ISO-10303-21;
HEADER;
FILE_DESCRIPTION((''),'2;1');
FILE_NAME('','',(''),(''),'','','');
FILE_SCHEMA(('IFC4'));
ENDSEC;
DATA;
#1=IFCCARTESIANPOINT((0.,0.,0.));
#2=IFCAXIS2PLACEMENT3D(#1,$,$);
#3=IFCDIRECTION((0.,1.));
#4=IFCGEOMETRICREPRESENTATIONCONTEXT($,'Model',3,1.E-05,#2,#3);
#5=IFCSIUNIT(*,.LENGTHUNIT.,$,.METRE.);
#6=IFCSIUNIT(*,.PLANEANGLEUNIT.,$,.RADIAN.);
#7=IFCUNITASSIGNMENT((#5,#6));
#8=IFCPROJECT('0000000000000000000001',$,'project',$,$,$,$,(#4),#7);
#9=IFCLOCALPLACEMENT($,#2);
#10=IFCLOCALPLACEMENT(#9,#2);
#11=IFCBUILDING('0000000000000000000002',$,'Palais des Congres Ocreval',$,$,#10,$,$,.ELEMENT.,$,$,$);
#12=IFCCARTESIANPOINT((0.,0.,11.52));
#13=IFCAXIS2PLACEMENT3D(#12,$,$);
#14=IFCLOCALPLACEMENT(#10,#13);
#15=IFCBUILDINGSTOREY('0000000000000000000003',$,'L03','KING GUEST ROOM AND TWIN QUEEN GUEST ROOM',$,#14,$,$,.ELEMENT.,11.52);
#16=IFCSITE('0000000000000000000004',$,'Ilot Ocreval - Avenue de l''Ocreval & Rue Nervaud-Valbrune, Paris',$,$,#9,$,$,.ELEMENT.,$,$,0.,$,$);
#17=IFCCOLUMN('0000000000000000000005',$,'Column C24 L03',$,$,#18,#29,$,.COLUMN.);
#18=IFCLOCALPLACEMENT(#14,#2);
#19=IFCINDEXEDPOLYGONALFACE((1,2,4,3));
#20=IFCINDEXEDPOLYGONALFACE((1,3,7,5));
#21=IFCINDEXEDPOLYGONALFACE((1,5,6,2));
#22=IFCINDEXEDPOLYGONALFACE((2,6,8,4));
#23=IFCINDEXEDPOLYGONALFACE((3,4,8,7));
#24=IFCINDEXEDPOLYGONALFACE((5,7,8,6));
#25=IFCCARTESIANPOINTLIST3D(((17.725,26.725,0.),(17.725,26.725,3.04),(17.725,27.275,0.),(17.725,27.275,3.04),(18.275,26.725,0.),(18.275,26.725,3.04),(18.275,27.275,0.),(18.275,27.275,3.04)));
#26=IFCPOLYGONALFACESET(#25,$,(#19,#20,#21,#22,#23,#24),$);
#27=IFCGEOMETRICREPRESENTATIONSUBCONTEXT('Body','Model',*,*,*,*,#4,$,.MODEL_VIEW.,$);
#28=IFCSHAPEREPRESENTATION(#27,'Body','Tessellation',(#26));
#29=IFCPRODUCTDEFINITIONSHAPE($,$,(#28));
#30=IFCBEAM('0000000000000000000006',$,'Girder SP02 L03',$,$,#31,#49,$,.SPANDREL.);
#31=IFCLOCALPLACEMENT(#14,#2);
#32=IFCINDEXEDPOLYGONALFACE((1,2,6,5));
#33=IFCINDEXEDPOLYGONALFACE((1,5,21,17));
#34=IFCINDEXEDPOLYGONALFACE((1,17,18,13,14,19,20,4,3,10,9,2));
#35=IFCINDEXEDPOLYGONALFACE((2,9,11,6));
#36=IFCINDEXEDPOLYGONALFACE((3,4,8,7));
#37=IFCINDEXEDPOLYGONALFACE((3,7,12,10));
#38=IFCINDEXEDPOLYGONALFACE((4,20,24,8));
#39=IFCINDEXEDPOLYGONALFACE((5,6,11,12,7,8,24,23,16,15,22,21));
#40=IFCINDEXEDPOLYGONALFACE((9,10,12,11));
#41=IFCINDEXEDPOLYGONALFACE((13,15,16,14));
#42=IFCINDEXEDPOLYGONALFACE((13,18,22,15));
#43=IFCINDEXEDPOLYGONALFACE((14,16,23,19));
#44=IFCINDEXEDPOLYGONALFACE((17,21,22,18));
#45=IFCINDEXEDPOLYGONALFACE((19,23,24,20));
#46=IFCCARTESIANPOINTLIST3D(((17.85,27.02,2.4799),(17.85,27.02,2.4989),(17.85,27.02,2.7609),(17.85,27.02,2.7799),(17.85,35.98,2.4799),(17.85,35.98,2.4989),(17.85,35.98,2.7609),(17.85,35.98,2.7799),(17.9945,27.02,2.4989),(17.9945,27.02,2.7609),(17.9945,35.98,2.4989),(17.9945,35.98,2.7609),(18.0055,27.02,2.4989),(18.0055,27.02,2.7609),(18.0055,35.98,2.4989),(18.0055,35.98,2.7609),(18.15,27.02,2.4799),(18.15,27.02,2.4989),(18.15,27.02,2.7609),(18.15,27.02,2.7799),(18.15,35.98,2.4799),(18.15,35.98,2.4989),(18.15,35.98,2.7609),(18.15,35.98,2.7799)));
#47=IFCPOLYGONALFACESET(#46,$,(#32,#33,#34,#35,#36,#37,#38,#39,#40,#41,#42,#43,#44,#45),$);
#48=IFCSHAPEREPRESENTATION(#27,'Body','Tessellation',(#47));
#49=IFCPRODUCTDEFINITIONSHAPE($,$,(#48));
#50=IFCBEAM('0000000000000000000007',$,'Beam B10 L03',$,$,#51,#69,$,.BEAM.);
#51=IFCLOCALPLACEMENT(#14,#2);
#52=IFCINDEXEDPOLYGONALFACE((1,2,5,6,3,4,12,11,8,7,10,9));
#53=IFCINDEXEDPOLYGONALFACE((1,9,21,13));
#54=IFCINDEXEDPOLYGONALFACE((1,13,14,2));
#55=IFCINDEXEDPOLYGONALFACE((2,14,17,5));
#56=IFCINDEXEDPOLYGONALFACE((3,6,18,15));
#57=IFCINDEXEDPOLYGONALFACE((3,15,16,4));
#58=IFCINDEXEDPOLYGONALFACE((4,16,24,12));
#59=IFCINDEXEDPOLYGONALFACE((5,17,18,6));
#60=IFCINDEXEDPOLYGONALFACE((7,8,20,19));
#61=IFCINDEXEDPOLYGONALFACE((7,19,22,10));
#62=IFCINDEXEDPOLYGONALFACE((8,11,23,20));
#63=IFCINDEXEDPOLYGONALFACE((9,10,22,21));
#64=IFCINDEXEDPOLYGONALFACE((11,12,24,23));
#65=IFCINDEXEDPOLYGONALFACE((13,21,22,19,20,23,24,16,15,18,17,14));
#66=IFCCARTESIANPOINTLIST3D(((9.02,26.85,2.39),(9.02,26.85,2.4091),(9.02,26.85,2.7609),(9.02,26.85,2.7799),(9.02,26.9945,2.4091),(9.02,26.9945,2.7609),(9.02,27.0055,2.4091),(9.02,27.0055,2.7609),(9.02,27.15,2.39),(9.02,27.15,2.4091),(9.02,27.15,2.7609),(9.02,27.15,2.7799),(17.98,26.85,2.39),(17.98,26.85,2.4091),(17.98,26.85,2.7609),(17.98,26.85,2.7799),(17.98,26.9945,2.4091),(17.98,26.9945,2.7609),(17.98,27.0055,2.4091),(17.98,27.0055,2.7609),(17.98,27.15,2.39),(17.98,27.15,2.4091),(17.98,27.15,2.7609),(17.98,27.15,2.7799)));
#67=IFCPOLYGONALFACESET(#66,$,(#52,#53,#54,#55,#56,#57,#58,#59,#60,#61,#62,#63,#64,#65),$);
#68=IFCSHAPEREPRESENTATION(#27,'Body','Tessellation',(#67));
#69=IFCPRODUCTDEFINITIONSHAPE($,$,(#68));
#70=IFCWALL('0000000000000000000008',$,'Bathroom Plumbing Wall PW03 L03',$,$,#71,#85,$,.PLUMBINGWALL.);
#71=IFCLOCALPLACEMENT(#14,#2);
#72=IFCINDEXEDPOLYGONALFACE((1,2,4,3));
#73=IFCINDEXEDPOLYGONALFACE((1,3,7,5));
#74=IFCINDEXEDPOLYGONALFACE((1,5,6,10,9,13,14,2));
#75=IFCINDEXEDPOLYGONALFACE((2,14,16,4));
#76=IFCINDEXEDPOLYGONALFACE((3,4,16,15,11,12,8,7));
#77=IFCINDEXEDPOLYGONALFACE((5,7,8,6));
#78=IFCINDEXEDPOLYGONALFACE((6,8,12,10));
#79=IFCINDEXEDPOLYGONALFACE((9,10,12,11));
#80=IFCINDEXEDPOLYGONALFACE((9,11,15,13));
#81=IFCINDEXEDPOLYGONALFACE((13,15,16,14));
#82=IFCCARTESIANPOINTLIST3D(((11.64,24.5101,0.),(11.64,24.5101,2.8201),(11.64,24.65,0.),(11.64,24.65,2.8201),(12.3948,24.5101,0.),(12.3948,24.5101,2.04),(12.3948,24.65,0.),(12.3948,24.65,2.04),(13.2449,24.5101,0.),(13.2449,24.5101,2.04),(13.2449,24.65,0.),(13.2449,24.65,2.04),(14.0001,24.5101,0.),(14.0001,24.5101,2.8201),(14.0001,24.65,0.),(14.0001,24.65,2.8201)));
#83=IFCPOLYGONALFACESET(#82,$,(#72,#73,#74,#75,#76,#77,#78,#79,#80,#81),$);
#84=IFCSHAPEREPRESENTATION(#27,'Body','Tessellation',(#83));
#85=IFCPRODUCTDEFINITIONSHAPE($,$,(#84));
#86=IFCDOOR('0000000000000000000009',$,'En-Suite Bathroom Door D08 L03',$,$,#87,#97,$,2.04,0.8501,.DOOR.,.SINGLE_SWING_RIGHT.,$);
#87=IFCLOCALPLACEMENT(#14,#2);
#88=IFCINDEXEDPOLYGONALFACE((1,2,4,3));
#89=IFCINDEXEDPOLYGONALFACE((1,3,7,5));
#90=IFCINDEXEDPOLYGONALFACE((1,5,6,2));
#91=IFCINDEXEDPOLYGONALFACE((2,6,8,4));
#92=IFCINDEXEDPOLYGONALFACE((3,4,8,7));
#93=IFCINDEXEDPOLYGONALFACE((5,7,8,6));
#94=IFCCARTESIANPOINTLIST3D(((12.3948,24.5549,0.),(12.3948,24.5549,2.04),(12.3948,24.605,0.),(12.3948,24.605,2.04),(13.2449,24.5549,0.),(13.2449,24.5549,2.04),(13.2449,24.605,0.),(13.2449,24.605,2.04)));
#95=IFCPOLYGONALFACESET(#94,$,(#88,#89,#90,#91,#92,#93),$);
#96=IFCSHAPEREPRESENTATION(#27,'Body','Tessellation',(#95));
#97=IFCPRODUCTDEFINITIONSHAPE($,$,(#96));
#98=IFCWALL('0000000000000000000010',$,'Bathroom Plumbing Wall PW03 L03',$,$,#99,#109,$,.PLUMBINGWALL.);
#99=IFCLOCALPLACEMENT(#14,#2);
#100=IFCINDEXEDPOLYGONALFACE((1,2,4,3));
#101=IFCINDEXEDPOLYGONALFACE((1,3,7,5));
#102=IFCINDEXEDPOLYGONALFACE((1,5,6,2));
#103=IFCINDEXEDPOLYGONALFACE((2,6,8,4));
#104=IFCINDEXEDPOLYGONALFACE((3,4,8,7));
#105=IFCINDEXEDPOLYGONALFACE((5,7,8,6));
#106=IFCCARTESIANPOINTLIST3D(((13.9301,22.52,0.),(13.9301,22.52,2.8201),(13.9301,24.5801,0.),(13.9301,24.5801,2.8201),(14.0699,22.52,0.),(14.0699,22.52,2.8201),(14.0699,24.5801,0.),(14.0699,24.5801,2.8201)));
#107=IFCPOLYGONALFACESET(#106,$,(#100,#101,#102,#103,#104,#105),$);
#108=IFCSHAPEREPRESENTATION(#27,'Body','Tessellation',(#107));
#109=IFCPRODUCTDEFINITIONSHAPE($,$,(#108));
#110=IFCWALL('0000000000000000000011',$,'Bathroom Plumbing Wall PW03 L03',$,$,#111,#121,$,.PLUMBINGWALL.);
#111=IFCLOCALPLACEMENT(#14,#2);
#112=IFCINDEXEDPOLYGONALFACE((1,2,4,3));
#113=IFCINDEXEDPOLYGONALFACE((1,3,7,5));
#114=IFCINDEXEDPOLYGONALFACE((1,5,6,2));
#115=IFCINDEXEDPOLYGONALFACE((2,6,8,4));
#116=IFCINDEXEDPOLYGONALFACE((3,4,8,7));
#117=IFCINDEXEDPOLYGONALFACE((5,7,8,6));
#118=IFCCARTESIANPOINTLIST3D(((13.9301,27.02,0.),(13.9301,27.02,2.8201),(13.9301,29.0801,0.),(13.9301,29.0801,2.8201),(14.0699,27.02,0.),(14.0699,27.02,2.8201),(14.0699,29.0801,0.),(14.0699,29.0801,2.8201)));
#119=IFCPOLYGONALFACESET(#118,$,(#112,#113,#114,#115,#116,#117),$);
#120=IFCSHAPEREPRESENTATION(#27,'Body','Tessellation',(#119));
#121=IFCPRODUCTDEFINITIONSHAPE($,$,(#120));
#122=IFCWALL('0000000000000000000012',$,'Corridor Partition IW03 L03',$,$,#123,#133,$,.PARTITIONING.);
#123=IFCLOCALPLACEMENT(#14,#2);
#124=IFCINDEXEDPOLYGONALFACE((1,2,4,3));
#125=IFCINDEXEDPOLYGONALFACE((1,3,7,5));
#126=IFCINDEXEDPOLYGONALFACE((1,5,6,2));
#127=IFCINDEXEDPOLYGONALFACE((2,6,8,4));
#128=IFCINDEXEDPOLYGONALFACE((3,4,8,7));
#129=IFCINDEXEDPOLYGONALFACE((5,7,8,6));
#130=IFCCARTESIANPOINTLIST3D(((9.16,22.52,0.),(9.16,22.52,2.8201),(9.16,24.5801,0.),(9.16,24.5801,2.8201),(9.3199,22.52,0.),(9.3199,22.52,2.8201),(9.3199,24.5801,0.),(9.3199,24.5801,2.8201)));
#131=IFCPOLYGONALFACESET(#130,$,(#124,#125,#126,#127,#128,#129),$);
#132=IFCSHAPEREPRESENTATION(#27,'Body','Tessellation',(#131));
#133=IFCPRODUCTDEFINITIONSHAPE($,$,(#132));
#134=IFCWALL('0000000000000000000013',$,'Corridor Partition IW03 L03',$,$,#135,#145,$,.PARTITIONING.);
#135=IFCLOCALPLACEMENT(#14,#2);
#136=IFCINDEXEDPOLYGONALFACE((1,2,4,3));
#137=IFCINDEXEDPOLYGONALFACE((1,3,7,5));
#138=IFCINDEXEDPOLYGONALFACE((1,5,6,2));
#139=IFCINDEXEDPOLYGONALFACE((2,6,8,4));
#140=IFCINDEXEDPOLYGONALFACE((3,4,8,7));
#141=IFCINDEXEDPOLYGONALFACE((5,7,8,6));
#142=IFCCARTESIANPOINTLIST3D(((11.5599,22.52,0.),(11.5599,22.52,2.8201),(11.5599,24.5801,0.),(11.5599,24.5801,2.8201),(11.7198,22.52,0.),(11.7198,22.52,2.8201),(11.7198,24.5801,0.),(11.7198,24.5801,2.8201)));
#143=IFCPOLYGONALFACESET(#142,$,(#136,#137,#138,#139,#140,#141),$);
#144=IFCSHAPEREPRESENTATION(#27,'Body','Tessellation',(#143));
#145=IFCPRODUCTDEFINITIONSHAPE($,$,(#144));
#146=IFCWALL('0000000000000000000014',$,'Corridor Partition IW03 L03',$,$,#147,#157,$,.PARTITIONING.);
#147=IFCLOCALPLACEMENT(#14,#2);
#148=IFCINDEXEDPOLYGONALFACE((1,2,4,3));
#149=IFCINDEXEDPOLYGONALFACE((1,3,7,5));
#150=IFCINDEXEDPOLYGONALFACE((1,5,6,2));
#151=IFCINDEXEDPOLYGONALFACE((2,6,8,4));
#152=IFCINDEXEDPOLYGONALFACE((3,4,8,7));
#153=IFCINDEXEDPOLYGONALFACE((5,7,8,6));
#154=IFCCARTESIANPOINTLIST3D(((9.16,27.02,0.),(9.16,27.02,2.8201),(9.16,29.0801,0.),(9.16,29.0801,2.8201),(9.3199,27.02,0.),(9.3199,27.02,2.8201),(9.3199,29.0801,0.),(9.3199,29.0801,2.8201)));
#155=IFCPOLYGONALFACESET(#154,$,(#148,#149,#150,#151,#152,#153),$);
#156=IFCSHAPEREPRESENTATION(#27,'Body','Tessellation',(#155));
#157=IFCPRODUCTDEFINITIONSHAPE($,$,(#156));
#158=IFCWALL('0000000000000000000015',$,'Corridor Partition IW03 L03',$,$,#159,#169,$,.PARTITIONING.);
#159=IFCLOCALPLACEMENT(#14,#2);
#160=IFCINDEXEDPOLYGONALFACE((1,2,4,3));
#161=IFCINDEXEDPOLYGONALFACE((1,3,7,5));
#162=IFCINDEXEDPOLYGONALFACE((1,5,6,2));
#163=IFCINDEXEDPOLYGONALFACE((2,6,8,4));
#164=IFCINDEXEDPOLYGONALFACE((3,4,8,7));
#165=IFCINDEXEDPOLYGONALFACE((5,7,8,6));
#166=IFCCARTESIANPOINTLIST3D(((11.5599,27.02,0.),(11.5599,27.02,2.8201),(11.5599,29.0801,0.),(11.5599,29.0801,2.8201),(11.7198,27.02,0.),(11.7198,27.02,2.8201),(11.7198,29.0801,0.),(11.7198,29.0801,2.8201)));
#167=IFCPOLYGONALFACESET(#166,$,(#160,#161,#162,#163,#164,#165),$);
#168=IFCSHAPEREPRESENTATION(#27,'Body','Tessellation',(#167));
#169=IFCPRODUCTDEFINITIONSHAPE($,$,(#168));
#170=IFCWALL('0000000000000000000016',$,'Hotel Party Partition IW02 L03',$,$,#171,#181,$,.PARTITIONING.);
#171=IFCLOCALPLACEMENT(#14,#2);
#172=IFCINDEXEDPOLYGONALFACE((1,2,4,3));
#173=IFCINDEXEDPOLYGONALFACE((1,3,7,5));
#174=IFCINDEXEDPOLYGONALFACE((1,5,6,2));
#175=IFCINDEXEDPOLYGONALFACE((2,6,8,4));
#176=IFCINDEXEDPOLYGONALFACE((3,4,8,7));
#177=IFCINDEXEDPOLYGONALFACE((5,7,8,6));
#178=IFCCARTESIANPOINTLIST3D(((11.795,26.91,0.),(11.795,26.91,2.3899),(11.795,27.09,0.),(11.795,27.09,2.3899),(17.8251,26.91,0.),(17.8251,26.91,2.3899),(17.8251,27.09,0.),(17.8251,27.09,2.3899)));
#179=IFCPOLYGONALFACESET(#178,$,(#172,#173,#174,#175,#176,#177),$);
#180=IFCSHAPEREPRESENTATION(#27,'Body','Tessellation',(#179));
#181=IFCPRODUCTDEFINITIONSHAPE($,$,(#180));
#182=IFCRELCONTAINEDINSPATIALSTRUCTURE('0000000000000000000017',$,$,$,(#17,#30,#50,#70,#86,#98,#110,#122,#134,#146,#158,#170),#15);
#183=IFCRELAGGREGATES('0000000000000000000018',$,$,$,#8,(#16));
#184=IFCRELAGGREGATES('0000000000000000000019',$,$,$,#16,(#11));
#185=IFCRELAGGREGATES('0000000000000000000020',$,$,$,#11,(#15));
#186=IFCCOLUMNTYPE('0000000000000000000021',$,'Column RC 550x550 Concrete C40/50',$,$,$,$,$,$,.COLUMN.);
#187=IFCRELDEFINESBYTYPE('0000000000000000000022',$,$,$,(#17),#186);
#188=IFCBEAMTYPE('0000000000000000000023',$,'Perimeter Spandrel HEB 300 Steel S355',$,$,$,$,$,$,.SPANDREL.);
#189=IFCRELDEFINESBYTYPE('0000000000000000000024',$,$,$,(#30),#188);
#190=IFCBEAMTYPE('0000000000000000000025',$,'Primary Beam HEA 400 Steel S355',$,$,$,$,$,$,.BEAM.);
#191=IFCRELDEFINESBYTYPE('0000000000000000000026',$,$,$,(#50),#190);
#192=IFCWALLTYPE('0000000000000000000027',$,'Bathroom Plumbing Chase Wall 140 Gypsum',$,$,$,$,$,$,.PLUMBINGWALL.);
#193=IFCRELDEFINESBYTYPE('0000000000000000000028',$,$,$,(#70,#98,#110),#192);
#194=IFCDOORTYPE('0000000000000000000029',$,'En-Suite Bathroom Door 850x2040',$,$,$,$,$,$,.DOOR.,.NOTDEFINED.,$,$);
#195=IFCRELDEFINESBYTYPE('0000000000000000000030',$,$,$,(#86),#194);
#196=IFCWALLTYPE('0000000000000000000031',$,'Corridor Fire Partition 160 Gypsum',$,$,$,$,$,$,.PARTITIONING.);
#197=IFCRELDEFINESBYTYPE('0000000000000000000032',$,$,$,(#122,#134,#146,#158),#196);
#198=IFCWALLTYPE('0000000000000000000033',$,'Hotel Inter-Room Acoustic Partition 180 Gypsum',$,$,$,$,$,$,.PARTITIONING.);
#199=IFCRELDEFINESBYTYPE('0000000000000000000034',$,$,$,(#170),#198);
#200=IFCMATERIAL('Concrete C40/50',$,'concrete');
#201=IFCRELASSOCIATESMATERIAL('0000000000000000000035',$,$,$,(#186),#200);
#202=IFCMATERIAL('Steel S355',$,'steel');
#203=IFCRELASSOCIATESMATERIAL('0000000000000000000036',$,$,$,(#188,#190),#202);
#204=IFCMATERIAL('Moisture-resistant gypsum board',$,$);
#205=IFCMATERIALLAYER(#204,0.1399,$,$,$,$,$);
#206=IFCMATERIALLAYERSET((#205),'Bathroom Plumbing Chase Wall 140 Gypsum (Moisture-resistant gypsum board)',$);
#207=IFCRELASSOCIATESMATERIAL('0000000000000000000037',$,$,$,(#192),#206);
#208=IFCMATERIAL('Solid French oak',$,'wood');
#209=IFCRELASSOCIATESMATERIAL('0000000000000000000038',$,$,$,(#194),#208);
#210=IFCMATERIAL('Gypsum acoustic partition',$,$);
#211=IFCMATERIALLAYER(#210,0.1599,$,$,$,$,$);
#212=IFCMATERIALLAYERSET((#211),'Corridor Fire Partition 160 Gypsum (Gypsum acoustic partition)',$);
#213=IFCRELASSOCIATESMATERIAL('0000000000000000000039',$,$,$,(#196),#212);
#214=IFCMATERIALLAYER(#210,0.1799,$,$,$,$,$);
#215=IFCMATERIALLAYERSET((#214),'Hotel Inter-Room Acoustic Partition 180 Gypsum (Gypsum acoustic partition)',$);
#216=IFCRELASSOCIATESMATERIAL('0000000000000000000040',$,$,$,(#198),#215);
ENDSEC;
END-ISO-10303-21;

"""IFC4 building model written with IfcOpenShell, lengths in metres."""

from ifc_helpers import new_model, si_unit, direction, frame, frame_2d, origin, origin_2d, place, context, subcontext, project, spatial, rectangle, i_section, extrude, material, layer, layer_set, material_profile, profile_set, type_object, element, fill, save


model = new_model("IFC4")

# Units and contexts
model_context = context("Model", 3, precision=1e-05, world=origin(), true_north=direction((0.0, 1.0)))
body_context = subcontext(model_context, "Body", "Model", "MODEL_VIEW")
ifc_project = project(units=[si_unit("LENGTHUNIT", "METRE"), si_unit("PLANEANGLEUNIT", "RADIAN")], contexts=[model_context])

# Site, building, storey
site_placement = place(None, origin())
site = spatial("IfcSite", under=ifc_project, at=site_placement, Name="Ilot Ocreval - Avenue de l'Ocreval & Rue Nervaud-Valbrune, Paris", CompositionType="ELEMENT", RefElevation=0.0)
building_placement = place(site_placement, origin())
building = spatial("IfcBuilding", under=site, at=building_placement, Name="Palais des Congres Ocreval", CompositionType="ELEMENT")
storey_placement = place(building_placement, frame((0.0, 0.0, 11.52)))
storey = spatial("IfcBuildingStorey", under=building, at=storey_placement, Name="L03", Description="KING GUEST ROOM AND TWIN QUEEN GUEST ROOM", CompositionType="ELEMENT", Elevation=11.52)

# Column
ifc_material_1 = material(Name="Concrete C40/50", Category="concrete")
ifc_material_profile_1 = material_profile(ifc_material_1, rectangle(XDim=0.55, YDim=0.55, at=origin_2d()), Name="RC 550x550")
ifc_profile_set_1 = profile_set([ifc_material_profile_1], Name="Concrete C40/50")
column_type = type_object("IfcColumnType", Name="Column RC 550x550 Concrete C40/50", PredefinedType="COLUMN", material=ifc_profile_set_1)
column_placement = place(storey_placement, frame((18.0, 27.0, 0.0), z_axis=(0.0, 0.0, 1.0), x_axis=(1.0, 0.0, 0.0)))
element("IfcColumn", 1, at=column_placement, inside=storey, type_object=column_type, Name="Column C24 L03", PredefinedType="COLUMN", context=body_context, shape_type="SweptSolid", body=[
    extrude(rectangle(XDim=0.55, YDim=0.55, at=origin_2d()), origin(), (0.0, 0.0, 1.0), 3.04),
])

# Beams
ifc_material_2 = material(Name="Steel S355", Category="steel")
ifc_material_profile_2 = material_profile(ifc_material_2, i_section(OverallWidth=0.3, OverallDepth=0.3, WebThickness=0.011, FlangeThickness=0.019, at=origin_2d()), Name="HEB 300")
ifc_profile_set_2 = profile_set([ifc_material_profile_2], Name="Steel S355")
beam_type_1 = type_object("IfcBeamType", Name="Perimeter Spandrel HEB 300 Steel S355", PredefinedType="SPANDREL", material=ifc_profile_set_2)
beam_1_placement = place(storey_placement, frame((18.0, 27.02, 2.6299), z_axis=(0.0, 1.0, 0.0), x_axis=(-1.0, 0.0, 0.0)))
element("IfcBeam", 2, at=beam_1_placement, inside=storey, type_object=beam_type_1, Name="Girder SP02 L03", PredefinedType="SPANDREL", context=body_context, shape_type="SweptSolid", body=[
    extrude(i_section(OverallWidth=0.3, OverallDepth=0.3, WebThickness=0.011, FlangeThickness=0.019, at=origin_2d()), origin(), (0.0, 0.0, 1.0), 8.96),
])
ifc_material_profile_3 = material_profile(ifc_material_2, i_section(OverallWidth=0.3, OverallDepth=0.3899, WebThickness=0.011, FlangeThickness=0.019, at=origin_2d()), Name="HEA 400")
ifc_profile_set_3 = profile_set([ifc_material_profile_3], Name="Steel S355")
beam_type_2 = type_object("IfcBeamType", Name="Primary Beam HEA 400 Steel S355", PredefinedType="BEAM", material=ifc_profile_set_3)
beam_2_placement = place(storey_placement, frame((9.02, 27.0, 2.585), z_axis=(1.0, 0.0, 0.0), x_axis=(0.0, 1.0, 0.0)))
element("IfcBeam", 3, at=beam_2_placement, inside=storey, type_object=beam_type_2, Name="Beam B10 L03", PredefinedType="BEAM", context=body_context, shape_type="SweptSolid", body=[
    extrude(i_section(OverallWidth=0.3, OverallDepth=0.3899, WebThickness=0.011, FlangeThickness=0.019, at=origin_2d()), origin(), (0.0, 0.0, 1.0), 8.96),
])

# Wall, opening, door
ifc_material_3 = material(Name="Moisture-resistant gypsum board")
ifc_layer_1 = layer(ifc_material_3, 0.1399)
ifc_layer_set_1 = layer_set([ifc_layer_1], Name="Bathroom Plumbing Chase Wall 140 Gypsum (Moisture-resistant gypsum board)")
wall_type_1 = type_object("IfcWallType", Name="Bathroom Plumbing Chase Wall 140 Gypsum", PredefinedType="PLUMBINGWALL", material=ifc_layer_set_1)
wall_1_placement = place(storey_placement, frame((11.6399, 24.5801, 0.0), z_axis=(0.0, 0.0, 1.0), x_axis=(1.0, 0.0, 0.0)))
wall_1 = element("IfcWall", 4, at=wall_1_placement, inside=storey, type_object=wall_type_1, Name="Bathroom Plumbing Wall PW03 L03", PredefinedType="PLUMBINGWALL", context=body_context, shape_type="SweptSolid", body=[
    extrude(rectangle(XDim=2.3601, YDim=0.1399, at=frame_2d((1.1802, 0.0))), origin(), (0.0, 0.0, 1.0), 2.8201),
])
opening_1_placement = place(wall_1_placement, frame((0.7549, 0.0, 0.0)))
opening_1 = element("IfcOpeningElement", 5, at=opening_1_placement, cuts=wall_1, PredefinedType="OPENING", context=body_context, shape_type="SweptSolid", body=[
    extrude(rectangle(XDim=0.8501, YDim=2.04, at=frame_2d((0.425, 1.02))), frame((0.0, 0.0798, 0.0), z_axis=(0.0, -1.0, 0.0), x_axis=(1.0, 0.0, 0.0)), (0.0, 0.0, 1.0), 0.1599),
])
ifc_material_4 = material(Name="Solid French oak", Category="wood")
door_type_1 = type_object("IfcDoorType", Name="En-Suite Bathroom Door 850x2040", OperationType="NOTDEFINED", PredefinedType="DOOR", material=ifc_material_4)
door_1_placement = place(opening_1_placement, origin())
door_1 = element("IfcDoor", 6, at=door_1_placement, inside=storey, type_object=door_type_1, Name="En-Suite Bathroom Door D08 L03", OperationType="SINGLE_SWING_RIGHT", OverallHeight=2.04, OverallWidth=0.8501, PredefinedType="DOOR", context=body_context, shape_type="SweptSolid", body=[
    extrude(rectangle(XDim=0.8501, YDim=2.04, at=frame_2d((0.425, 1.02))), frame((0.0, 0.0249, 0.0), z_axis=(0.0, -1.0, 0.0), x_axis=(1.0, 0.0, 0.0)), (0.0, 0.0, 1.0), 0.05),
])
fill(opening_1, door_1)

# Walls
for number, where, z_axis, x_axis, name in (
    (7, (14.0, 22.52, 0.0), (0.0, 0.0, 1.0), (0.0, 1.0, 0.0), "Bathroom Plumbing Wall PW03 L03"),
    (8, (14.0, 27.02, 0.0), (0.0, 0.0, 1.0), (0.0, 1.0, 0.0), "Bathroom Plumbing Wall PW03 L03"),
):
    element("IfcWall", number, at=place(storey_placement, frame(where, z_axis=z_axis, x_axis=x_axis)), inside=storey, type_object=wall_type_1, Name=name, PredefinedType="PLUMBINGWALL", context=body_context, shape_type="SweptSolid", body=[
        extrude(rectangle(XDim=2.0601, YDim=0.1399, at=frame_2d((1.03, 0.0))), origin(), (0.0, 0.0, 1.0), 2.8201),
    ])
ifc_material_5 = material(Name="Gypsum acoustic partition")
ifc_layer_2 = layer(ifc_material_5, 0.1599)
ifc_layer_set_2 = layer_set([ifc_layer_2], Name="Corridor Fire Partition 160 Gypsum (Gypsum acoustic partition)")
wall_type_2 = type_object("IfcWallType", Name="Corridor Fire Partition 160 Gypsum", PredefinedType="PARTITIONING", material=ifc_layer_set_2)
for number, where, z_axis, x_axis, name in (
    (9, (9.24, 22.52, 0.0), (0.0, 0.0, 1.0), (0.0, 1.0, 0.0), "Corridor Partition IW03 L03"),
    (10, (11.6399, 22.52, 0.0), (0.0, 0.0, 1.0), (0.0, 1.0, 0.0), "Corridor Partition IW03 L03"),
    (11, (9.24, 27.02, 0.0), (0.0, 0.0, 1.0), (0.0, 1.0, 0.0), "Corridor Partition IW03 L03"),
    (12, (11.6399, 27.02, 0.0), (0.0, 0.0, 1.0), (0.0, 1.0, 0.0), "Corridor Partition IW03 L03"),
):
    element("IfcWall", number, at=place(storey_placement, frame(where, z_axis=z_axis, x_axis=x_axis)), inside=storey, type_object=wall_type_2, Name=name, PredefinedType="PARTITIONING", context=body_context, shape_type="SweptSolid", body=[
        extrude(rectangle(XDim=2.0601, YDim=0.1599, at=frame_2d((1.03, 0.0))), origin(), (0.0, 0.0, 1.0), 2.8201),
    ])

# Wall
ifc_layer_3 = layer(ifc_material_5, 0.1799)
ifc_layer_set_3 = layer_set([ifc_layer_3], Name="Hotel Inter-Room Acoustic Partition 180 Gypsum (Gypsum acoustic partition)")
wall_type_3 = type_object("IfcWallType", Name="Hotel Inter-Room Acoustic Partition 180 Gypsum", PredefinedType="PARTITIONING", material=ifc_layer_set_3)
wall_2_placement = place(storey_placement, frame((11.7949, 27.0, 0.0), z_axis=(0.0, 0.0, 1.0), x_axis=(1.0, 0.0, 0.0)))
element("IfcWall", 13, at=wall_2_placement, inside=storey, type_object=wall_type_3, Name="Hotel Party Partition IW02 L03", PredefinedType="PARTITIONING", context=body_context, shape_type="SweptSolid", body=[
    extrude(rectangle(XDim=6.03, YDim=0.1799, at=frame_2d((3.0151, 0.0))), origin(), (0.0, 0.0, 1.0), 2.3899),
])

save(model, "model.ifc")
